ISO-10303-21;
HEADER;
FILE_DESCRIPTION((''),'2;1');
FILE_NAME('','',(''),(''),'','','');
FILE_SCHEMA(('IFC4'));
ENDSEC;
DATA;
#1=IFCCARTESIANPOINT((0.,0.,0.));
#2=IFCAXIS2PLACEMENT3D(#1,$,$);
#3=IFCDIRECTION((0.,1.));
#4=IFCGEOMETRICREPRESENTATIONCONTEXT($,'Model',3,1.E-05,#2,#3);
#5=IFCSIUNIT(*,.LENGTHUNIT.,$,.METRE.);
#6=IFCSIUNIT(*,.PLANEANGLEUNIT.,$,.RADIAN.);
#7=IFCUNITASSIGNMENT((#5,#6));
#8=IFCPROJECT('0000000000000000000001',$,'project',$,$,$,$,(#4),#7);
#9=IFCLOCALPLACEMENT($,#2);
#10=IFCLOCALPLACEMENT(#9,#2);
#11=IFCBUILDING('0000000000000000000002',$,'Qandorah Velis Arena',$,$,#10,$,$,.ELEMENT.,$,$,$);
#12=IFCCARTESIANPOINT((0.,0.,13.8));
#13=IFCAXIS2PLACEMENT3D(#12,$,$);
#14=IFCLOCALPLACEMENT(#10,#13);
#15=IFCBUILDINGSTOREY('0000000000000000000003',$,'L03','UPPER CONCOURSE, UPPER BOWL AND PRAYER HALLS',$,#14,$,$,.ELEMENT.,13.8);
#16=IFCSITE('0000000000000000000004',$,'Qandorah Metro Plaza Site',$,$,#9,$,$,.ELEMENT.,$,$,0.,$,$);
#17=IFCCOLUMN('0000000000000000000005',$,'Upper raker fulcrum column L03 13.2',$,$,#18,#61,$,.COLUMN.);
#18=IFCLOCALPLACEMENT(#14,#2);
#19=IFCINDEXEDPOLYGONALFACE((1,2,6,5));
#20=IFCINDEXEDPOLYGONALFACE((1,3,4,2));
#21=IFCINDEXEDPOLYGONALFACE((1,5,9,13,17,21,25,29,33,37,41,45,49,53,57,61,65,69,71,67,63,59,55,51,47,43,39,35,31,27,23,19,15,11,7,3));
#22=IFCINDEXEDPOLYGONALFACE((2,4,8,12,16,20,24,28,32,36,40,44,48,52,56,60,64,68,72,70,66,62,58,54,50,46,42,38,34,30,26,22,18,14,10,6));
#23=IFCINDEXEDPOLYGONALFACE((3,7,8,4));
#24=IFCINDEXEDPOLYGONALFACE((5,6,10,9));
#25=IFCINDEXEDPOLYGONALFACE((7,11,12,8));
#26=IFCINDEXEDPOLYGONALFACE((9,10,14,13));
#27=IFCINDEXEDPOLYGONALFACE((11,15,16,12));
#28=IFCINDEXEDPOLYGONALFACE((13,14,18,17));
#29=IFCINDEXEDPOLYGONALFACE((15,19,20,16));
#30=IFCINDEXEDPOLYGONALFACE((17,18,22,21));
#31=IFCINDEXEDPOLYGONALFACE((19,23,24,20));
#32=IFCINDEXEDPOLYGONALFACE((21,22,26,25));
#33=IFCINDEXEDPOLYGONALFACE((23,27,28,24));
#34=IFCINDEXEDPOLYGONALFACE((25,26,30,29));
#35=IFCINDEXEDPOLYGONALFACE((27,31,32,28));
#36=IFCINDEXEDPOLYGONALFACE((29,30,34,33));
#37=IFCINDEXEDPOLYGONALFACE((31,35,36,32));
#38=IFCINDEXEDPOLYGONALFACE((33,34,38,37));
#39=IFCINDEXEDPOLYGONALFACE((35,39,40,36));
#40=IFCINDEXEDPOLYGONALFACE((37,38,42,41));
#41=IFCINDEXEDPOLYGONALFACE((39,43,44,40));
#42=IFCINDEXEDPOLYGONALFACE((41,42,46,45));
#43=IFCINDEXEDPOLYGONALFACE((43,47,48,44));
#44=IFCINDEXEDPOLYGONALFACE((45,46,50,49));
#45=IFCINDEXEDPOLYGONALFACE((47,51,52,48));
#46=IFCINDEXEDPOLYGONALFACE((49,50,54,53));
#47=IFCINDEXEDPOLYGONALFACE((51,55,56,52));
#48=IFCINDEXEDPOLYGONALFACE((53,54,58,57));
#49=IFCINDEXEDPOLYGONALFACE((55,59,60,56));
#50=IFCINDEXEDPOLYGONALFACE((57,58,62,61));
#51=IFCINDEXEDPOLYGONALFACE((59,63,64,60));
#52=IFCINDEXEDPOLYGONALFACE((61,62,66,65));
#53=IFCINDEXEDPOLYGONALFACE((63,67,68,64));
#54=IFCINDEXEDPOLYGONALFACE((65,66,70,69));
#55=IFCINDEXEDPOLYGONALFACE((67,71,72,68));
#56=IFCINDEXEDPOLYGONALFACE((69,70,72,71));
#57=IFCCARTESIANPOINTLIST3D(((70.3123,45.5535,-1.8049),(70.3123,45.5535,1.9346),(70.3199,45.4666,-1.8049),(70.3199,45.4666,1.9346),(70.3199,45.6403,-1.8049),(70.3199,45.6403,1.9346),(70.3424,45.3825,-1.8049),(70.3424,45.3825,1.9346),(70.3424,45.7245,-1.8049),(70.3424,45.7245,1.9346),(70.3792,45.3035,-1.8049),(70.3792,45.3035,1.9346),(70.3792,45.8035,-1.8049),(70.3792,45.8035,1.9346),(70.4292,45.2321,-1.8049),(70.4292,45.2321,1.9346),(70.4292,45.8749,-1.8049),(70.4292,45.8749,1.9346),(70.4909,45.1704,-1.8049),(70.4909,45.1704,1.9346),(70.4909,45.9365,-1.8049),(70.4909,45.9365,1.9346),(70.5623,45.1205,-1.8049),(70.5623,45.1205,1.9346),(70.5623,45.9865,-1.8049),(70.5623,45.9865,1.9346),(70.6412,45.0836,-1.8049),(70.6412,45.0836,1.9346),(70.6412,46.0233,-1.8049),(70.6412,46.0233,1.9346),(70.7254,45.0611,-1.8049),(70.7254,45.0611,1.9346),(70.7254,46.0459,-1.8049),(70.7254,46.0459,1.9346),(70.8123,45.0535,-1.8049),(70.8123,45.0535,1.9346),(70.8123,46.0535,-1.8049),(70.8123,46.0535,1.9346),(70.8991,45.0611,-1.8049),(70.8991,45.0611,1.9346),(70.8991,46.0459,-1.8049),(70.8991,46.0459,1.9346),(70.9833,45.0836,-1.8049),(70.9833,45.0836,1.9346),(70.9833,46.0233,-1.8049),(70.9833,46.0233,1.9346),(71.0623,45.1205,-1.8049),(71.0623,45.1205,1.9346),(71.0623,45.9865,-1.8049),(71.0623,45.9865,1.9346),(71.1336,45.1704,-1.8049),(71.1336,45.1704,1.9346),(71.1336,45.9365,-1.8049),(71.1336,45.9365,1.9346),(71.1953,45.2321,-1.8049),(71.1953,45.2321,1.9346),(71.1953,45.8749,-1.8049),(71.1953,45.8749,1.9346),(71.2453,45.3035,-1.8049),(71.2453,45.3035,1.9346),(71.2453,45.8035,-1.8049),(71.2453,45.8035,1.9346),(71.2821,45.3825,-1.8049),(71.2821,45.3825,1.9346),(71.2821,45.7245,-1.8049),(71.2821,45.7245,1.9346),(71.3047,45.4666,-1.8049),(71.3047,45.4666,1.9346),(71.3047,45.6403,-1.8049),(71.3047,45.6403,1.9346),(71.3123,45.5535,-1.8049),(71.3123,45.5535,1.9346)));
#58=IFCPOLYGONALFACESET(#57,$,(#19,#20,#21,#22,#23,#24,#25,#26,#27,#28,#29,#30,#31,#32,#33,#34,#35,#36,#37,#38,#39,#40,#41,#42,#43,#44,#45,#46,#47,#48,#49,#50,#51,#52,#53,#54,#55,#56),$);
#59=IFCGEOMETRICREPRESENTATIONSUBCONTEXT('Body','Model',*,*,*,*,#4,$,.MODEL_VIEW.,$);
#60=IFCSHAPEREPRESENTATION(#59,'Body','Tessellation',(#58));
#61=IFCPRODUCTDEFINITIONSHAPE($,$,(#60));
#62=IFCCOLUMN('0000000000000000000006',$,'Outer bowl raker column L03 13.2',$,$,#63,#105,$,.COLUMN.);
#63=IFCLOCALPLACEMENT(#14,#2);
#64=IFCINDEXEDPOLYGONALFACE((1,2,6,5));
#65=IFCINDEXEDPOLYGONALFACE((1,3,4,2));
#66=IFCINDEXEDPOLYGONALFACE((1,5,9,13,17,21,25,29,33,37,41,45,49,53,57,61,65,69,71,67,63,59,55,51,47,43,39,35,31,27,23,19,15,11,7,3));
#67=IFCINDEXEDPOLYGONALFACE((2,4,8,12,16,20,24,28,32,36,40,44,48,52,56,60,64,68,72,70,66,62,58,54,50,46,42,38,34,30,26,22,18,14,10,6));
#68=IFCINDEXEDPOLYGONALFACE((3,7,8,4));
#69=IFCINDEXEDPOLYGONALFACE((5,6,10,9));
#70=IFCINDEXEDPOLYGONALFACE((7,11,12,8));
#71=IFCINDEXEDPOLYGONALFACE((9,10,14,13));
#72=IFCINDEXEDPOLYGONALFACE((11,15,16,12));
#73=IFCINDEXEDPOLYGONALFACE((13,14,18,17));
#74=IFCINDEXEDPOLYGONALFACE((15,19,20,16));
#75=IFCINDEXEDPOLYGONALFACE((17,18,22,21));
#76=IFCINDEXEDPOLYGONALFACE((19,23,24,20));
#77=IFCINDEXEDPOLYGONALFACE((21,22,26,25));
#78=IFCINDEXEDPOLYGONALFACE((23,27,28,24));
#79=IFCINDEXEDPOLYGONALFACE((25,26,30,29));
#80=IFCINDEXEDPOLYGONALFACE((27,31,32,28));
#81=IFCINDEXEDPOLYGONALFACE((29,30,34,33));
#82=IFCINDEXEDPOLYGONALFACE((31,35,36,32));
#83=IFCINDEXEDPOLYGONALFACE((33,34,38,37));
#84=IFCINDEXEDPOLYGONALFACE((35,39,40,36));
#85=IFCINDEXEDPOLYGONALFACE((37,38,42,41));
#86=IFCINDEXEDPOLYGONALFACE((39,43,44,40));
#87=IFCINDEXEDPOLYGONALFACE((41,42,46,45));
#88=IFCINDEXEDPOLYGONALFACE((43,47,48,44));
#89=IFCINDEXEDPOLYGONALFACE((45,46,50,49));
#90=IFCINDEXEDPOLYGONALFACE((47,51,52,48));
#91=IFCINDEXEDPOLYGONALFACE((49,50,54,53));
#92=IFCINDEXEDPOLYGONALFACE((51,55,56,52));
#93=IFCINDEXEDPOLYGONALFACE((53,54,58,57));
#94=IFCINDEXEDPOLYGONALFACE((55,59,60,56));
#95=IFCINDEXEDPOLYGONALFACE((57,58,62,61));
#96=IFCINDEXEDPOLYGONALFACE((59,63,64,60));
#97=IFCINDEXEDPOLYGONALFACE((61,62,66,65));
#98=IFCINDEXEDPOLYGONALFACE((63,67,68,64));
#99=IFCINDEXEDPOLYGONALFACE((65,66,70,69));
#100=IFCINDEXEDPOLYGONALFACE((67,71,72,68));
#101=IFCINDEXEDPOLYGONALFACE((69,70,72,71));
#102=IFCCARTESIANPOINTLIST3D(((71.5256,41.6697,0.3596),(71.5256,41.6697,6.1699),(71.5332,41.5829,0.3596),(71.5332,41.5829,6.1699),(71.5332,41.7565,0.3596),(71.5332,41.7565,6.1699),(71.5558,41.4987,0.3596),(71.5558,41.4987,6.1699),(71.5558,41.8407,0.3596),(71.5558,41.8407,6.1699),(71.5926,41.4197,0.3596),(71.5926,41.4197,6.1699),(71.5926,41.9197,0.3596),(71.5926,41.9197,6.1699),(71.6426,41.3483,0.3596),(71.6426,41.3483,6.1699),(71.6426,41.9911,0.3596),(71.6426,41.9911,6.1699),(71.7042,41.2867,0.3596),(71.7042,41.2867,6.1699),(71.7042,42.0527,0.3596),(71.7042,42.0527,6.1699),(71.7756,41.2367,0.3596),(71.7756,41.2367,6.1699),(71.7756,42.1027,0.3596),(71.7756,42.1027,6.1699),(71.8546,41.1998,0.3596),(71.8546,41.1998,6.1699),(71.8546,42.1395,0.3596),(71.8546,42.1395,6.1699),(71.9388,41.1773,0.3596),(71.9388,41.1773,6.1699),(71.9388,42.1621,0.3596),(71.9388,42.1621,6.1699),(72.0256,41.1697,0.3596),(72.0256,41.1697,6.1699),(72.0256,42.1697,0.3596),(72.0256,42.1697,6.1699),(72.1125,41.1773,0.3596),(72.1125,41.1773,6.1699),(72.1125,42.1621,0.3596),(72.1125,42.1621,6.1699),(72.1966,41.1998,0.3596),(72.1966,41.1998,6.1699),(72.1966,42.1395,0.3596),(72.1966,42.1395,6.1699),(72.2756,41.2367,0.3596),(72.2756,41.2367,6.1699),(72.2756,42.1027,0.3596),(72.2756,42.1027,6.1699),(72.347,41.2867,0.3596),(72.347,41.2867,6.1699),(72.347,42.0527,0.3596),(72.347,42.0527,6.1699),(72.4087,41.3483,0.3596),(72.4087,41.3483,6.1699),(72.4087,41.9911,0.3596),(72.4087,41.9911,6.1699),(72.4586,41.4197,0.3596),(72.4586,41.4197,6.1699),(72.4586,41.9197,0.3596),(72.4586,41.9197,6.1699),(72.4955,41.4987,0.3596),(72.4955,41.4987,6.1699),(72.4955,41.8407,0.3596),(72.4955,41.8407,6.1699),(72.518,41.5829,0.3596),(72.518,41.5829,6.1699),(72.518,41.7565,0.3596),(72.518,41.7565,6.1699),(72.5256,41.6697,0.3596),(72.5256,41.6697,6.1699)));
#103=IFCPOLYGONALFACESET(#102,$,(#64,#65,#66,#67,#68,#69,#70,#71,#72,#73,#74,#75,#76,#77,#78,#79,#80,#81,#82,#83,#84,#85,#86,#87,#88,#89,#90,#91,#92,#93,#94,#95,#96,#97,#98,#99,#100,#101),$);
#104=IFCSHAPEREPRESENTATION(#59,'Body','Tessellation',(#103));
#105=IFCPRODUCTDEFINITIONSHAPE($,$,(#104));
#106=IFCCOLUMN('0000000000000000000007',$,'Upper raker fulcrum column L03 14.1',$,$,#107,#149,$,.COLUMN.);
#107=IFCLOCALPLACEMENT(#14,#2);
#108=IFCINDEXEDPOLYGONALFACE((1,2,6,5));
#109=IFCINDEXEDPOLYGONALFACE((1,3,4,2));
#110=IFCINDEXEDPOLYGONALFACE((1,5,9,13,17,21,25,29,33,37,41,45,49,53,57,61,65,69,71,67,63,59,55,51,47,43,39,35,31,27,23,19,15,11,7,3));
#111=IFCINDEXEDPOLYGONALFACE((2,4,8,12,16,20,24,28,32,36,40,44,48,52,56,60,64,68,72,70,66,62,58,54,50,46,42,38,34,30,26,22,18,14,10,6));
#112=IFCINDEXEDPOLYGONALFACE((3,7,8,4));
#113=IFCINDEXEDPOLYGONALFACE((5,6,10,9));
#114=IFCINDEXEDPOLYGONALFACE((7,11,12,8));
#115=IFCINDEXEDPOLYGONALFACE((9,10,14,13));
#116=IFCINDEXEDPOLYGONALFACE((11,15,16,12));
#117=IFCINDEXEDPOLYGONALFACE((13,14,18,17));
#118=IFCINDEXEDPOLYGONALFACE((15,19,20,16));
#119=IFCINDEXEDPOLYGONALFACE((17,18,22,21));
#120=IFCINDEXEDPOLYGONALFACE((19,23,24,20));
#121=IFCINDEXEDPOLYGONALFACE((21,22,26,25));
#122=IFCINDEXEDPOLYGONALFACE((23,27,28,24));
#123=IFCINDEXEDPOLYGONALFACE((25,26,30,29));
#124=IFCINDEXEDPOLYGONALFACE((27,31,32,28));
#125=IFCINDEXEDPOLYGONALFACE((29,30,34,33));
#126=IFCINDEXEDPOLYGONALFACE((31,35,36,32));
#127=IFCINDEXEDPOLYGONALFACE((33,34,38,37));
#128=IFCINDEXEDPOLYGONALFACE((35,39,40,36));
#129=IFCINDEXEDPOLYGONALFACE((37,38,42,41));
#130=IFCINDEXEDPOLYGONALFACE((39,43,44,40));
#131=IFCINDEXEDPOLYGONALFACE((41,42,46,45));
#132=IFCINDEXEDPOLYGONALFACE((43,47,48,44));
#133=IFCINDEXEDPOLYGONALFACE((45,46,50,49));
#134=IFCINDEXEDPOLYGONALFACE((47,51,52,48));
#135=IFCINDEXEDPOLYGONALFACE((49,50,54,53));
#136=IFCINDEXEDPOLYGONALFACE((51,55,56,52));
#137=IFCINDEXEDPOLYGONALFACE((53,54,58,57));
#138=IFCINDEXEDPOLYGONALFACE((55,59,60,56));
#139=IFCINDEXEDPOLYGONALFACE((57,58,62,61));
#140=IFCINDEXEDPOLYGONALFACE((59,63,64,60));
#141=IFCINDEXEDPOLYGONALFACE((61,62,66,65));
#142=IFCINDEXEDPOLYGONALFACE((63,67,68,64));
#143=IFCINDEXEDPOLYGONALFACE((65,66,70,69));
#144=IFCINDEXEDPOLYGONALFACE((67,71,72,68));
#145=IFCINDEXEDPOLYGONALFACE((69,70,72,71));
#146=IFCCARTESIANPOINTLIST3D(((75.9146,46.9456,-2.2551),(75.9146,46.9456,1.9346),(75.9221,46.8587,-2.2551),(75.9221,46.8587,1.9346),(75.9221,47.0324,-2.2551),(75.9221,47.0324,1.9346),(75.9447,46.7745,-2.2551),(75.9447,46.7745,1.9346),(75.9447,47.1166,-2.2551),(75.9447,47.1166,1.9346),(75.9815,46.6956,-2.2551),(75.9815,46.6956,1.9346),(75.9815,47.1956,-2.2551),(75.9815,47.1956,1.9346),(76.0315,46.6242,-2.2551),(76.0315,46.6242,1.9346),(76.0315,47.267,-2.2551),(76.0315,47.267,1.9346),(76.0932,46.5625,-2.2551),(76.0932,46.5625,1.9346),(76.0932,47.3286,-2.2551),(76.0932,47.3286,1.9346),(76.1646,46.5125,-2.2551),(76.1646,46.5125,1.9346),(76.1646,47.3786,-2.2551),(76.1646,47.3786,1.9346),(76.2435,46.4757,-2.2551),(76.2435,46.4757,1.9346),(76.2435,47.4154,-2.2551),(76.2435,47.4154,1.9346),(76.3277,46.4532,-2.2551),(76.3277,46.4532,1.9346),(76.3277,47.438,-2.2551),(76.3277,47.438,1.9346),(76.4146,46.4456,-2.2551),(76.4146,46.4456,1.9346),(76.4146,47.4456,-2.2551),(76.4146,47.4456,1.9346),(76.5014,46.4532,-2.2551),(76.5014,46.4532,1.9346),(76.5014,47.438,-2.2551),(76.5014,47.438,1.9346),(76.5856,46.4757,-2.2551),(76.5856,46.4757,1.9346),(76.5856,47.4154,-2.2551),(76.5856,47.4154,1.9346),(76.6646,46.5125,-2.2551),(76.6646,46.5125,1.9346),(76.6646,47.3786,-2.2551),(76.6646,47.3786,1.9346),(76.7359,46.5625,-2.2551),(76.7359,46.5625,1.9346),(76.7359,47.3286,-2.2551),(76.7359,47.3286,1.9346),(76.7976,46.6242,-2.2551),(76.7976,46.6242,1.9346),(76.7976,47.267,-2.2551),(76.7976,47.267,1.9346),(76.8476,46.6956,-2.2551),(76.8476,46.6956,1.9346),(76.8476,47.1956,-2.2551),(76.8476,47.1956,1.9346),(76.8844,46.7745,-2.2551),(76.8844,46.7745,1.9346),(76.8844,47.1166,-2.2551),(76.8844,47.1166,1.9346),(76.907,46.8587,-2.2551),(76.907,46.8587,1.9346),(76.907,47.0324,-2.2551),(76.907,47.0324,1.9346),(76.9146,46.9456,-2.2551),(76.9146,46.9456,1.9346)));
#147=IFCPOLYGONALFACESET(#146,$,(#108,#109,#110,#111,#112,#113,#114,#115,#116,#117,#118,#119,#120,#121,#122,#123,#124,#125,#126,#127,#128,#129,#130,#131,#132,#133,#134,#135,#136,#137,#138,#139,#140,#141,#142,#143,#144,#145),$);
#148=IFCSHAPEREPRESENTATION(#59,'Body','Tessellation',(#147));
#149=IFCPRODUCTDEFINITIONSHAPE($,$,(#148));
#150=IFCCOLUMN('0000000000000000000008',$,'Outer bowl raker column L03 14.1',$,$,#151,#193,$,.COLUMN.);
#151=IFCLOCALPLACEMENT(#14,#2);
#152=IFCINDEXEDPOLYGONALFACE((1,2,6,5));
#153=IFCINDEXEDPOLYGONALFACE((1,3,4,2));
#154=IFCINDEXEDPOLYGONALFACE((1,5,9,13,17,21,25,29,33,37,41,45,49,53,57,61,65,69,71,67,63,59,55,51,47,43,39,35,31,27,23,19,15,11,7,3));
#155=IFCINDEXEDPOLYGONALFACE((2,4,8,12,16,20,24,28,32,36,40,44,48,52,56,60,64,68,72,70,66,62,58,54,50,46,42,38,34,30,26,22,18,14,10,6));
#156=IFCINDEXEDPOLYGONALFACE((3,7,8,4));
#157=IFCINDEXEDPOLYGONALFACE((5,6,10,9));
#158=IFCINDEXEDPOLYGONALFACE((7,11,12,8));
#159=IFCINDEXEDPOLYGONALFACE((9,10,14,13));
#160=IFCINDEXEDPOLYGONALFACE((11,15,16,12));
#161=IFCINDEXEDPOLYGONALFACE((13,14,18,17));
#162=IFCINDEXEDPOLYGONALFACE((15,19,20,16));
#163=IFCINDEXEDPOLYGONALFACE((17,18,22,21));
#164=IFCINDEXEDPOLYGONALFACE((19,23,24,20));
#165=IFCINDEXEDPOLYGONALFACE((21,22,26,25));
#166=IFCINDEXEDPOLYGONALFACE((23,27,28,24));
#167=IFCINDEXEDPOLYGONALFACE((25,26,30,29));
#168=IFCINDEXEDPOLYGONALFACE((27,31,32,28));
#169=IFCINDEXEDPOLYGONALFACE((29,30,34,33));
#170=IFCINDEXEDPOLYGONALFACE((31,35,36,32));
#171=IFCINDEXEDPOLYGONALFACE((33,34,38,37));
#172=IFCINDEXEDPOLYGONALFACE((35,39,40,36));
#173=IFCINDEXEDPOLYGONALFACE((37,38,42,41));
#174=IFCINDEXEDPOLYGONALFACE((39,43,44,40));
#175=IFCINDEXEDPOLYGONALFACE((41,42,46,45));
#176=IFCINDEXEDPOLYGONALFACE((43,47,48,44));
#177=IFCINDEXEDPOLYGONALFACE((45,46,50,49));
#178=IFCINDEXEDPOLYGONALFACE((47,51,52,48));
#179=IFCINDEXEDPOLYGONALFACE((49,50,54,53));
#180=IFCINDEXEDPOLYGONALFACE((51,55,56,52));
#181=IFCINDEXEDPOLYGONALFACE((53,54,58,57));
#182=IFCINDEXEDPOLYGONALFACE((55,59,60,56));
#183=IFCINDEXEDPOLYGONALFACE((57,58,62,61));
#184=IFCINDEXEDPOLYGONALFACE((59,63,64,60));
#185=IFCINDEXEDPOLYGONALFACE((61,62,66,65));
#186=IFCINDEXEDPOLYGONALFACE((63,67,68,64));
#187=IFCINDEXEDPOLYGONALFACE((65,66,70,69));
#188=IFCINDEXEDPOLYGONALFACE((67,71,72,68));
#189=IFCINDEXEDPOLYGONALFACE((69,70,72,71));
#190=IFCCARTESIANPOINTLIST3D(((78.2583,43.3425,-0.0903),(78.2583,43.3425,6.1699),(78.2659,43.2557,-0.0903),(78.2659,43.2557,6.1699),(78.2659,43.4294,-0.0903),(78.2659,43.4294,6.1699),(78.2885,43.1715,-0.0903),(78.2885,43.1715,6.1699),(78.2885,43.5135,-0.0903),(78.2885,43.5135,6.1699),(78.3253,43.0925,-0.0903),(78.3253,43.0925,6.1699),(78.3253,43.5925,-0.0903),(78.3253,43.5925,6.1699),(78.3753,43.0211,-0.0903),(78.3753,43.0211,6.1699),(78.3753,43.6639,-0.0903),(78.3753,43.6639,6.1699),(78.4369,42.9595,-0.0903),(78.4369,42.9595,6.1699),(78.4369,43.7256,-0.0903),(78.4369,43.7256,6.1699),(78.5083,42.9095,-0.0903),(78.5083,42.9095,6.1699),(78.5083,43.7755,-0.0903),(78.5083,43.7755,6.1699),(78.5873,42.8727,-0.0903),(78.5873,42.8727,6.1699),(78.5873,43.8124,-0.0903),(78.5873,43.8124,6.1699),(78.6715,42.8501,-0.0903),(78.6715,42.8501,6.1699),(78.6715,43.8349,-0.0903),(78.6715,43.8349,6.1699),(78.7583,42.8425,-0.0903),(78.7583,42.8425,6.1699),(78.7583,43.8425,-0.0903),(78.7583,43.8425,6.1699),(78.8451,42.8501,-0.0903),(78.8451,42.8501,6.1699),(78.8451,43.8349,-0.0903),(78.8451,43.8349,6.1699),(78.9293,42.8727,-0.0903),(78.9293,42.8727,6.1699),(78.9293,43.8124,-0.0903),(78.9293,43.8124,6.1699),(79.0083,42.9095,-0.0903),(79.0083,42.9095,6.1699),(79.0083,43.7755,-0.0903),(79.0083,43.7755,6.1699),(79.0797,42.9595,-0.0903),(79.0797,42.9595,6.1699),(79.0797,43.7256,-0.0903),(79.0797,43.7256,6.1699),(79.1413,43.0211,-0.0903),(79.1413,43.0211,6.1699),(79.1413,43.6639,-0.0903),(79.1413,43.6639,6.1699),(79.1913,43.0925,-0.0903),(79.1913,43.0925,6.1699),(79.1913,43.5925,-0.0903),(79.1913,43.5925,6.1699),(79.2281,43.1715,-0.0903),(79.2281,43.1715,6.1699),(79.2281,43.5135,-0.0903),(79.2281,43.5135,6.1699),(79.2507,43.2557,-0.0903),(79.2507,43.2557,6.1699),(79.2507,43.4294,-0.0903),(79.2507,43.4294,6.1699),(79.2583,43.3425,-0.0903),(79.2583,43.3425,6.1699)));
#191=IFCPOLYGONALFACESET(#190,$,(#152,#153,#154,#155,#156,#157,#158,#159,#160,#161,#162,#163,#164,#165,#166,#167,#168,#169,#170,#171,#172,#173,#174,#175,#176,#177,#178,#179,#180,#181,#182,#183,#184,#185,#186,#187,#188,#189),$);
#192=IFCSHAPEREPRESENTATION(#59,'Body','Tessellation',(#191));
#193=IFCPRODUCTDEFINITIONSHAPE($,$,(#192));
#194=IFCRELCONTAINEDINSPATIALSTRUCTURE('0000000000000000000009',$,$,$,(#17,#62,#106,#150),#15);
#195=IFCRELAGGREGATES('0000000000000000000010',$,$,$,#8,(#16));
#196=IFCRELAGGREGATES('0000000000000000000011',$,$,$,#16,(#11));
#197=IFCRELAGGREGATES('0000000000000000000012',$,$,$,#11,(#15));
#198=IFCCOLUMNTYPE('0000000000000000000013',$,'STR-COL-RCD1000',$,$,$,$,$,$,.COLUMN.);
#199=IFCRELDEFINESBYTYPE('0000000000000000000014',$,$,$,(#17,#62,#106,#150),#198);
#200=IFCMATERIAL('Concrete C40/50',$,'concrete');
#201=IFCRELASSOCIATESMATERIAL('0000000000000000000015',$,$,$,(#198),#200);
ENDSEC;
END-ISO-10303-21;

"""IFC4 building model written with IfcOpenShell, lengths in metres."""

from ifc_helpers import new_model, si_unit, direction, frame, origin, origin_2d, place, context, subcontext, project, spatial, circle, extrude, material, material_profile, profile_set, type_object, element, save


model = new_model("IFC4")

# Units and contexts
model_context = context("Model", 3, precision=1e-05, world=origin(), true_north=direction((0.0, 1.0)))
body_context = subcontext(model_context, "Body", "Model", "MODEL_VIEW")
ifc_project = project(units=[si_unit("LENGTHUNIT", "METRE"), si_unit("PLANEANGLEUNIT", "RADIAN")], contexts=[model_context])

# Site, building, storey
site_placement = place(None, origin())
site = spatial("IfcSite", under=ifc_project, at=site_placement, Name="Qandorah Metro Plaza Site", CompositionType="ELEMENT", RefElevation=0.0)
building_placement = place(site_placement, origin())
building = spatial("IfcBuilding", under=site, at=building_placement, Name="Qandorah Velis Arena", CompositionType="ELEMENT")
storey_placement = place(building_placement, frame((0.0, 0.0, 13.8)))
storey = spatial("IfcBuildingStorey", under=building, at=storey_placement, Name="L03", Description="UPPER CONCOURSE, UPPER BOWL AND PRAYER HALLS", CompositionType="ELEMENT", Elevation=13.8)

# Columns
ifc_material_1 = material(Name="Concrete C40/50", Category="concrete")
ifc_material_profile_1 = material_profile(ifc_material_1, circle(Radius=0.5, at=origin_2d()), Name="RC D1000")
ifc_profile_set_1 = profile_set([ifc_material_profile_1], Name="Concrete C40/50")
column_type_1 = type_object("IfcColumnType", Name="STR-COL-RCD1000", PredefinedType="COLUMN", material=ifc_profile_set_1)
column_1_placement = place(storey_placement, frame((70.8123, 45.5535, -1.8049), z_axis=(0.0, 0.0, 1.0), x_axis=(1.0, 0.0, 0.0)))
element("IfcColumn", 1, at=column_1_placement, inside=storey, type_object=column_type_1, Name="Upper raker fulcrum column L03 13.2", PredefinedType="COLUMN", context=body_context, shape_type="SweptSolid", body=[
    extrude(circle(Radius=0.5, at=origin_2d()), origin(), (0.0, 0.0, 1.0), 3.7395),
])
column_2_placement = place(storey_placement, frame((72.0256, 41.6697, 0.3596), z_axis=(0.0, 0.0, 1.0), x_axis=(1.0, 0.0, 0.0)))
element("IfcColumn", 2, at=column_2_placement, inside=storey, type_object=column_type_1, Name="Outer bowl raker column L03 13.2", PredefinedType="COLUMN", context=body_context, shape_type="SweptSolid", body=[
    extrude(circle(Radius=0.5, at=origin_2d()), origin(), (0.0, 0.0, 1.0), 5.8103),
])
column_3_placement = place(storey_placement, frame((76.4146, 46.9456, -2.2551), z_axis=(0.0, 0.0, 1.0), x_axis=(1.0, 0.0, 0.0)))
element("IfcColumn", 3, at=column_3_placement, inside=storey, type_object=column_type_1, Name="Upper raker fulcrum column L03 14.1", PredefinedType="COLUMN", context=body_context, shape_type="SweptSolid", body=[
    extrude(circle(Radius=0.5, at=origin_2d()), origin(), (0.0, 0.0, 1.0), 4.1897),
])
column_4_placement = place(storey_placement, frame((78.7583, 43.3425, -0.0903), z_axis=(0.0, 0.0, 1.0), x_axis=(1.0, 0.0, 0.0)))
element("IfcColumn", 4, at=column_4_placement, inside=storey, type_object=column_type_1, Name="Outer bowl raker column L03 14.1", PredefinedType="COLUMN", context=body_context, shape_type="SweptSolid", body=[
    extrude(circle(Radius=0.5, at=origin_2d()), origin(), (0.0, 0.0, 1.0), 6.2603),
])

save(model, "model.ifc")
